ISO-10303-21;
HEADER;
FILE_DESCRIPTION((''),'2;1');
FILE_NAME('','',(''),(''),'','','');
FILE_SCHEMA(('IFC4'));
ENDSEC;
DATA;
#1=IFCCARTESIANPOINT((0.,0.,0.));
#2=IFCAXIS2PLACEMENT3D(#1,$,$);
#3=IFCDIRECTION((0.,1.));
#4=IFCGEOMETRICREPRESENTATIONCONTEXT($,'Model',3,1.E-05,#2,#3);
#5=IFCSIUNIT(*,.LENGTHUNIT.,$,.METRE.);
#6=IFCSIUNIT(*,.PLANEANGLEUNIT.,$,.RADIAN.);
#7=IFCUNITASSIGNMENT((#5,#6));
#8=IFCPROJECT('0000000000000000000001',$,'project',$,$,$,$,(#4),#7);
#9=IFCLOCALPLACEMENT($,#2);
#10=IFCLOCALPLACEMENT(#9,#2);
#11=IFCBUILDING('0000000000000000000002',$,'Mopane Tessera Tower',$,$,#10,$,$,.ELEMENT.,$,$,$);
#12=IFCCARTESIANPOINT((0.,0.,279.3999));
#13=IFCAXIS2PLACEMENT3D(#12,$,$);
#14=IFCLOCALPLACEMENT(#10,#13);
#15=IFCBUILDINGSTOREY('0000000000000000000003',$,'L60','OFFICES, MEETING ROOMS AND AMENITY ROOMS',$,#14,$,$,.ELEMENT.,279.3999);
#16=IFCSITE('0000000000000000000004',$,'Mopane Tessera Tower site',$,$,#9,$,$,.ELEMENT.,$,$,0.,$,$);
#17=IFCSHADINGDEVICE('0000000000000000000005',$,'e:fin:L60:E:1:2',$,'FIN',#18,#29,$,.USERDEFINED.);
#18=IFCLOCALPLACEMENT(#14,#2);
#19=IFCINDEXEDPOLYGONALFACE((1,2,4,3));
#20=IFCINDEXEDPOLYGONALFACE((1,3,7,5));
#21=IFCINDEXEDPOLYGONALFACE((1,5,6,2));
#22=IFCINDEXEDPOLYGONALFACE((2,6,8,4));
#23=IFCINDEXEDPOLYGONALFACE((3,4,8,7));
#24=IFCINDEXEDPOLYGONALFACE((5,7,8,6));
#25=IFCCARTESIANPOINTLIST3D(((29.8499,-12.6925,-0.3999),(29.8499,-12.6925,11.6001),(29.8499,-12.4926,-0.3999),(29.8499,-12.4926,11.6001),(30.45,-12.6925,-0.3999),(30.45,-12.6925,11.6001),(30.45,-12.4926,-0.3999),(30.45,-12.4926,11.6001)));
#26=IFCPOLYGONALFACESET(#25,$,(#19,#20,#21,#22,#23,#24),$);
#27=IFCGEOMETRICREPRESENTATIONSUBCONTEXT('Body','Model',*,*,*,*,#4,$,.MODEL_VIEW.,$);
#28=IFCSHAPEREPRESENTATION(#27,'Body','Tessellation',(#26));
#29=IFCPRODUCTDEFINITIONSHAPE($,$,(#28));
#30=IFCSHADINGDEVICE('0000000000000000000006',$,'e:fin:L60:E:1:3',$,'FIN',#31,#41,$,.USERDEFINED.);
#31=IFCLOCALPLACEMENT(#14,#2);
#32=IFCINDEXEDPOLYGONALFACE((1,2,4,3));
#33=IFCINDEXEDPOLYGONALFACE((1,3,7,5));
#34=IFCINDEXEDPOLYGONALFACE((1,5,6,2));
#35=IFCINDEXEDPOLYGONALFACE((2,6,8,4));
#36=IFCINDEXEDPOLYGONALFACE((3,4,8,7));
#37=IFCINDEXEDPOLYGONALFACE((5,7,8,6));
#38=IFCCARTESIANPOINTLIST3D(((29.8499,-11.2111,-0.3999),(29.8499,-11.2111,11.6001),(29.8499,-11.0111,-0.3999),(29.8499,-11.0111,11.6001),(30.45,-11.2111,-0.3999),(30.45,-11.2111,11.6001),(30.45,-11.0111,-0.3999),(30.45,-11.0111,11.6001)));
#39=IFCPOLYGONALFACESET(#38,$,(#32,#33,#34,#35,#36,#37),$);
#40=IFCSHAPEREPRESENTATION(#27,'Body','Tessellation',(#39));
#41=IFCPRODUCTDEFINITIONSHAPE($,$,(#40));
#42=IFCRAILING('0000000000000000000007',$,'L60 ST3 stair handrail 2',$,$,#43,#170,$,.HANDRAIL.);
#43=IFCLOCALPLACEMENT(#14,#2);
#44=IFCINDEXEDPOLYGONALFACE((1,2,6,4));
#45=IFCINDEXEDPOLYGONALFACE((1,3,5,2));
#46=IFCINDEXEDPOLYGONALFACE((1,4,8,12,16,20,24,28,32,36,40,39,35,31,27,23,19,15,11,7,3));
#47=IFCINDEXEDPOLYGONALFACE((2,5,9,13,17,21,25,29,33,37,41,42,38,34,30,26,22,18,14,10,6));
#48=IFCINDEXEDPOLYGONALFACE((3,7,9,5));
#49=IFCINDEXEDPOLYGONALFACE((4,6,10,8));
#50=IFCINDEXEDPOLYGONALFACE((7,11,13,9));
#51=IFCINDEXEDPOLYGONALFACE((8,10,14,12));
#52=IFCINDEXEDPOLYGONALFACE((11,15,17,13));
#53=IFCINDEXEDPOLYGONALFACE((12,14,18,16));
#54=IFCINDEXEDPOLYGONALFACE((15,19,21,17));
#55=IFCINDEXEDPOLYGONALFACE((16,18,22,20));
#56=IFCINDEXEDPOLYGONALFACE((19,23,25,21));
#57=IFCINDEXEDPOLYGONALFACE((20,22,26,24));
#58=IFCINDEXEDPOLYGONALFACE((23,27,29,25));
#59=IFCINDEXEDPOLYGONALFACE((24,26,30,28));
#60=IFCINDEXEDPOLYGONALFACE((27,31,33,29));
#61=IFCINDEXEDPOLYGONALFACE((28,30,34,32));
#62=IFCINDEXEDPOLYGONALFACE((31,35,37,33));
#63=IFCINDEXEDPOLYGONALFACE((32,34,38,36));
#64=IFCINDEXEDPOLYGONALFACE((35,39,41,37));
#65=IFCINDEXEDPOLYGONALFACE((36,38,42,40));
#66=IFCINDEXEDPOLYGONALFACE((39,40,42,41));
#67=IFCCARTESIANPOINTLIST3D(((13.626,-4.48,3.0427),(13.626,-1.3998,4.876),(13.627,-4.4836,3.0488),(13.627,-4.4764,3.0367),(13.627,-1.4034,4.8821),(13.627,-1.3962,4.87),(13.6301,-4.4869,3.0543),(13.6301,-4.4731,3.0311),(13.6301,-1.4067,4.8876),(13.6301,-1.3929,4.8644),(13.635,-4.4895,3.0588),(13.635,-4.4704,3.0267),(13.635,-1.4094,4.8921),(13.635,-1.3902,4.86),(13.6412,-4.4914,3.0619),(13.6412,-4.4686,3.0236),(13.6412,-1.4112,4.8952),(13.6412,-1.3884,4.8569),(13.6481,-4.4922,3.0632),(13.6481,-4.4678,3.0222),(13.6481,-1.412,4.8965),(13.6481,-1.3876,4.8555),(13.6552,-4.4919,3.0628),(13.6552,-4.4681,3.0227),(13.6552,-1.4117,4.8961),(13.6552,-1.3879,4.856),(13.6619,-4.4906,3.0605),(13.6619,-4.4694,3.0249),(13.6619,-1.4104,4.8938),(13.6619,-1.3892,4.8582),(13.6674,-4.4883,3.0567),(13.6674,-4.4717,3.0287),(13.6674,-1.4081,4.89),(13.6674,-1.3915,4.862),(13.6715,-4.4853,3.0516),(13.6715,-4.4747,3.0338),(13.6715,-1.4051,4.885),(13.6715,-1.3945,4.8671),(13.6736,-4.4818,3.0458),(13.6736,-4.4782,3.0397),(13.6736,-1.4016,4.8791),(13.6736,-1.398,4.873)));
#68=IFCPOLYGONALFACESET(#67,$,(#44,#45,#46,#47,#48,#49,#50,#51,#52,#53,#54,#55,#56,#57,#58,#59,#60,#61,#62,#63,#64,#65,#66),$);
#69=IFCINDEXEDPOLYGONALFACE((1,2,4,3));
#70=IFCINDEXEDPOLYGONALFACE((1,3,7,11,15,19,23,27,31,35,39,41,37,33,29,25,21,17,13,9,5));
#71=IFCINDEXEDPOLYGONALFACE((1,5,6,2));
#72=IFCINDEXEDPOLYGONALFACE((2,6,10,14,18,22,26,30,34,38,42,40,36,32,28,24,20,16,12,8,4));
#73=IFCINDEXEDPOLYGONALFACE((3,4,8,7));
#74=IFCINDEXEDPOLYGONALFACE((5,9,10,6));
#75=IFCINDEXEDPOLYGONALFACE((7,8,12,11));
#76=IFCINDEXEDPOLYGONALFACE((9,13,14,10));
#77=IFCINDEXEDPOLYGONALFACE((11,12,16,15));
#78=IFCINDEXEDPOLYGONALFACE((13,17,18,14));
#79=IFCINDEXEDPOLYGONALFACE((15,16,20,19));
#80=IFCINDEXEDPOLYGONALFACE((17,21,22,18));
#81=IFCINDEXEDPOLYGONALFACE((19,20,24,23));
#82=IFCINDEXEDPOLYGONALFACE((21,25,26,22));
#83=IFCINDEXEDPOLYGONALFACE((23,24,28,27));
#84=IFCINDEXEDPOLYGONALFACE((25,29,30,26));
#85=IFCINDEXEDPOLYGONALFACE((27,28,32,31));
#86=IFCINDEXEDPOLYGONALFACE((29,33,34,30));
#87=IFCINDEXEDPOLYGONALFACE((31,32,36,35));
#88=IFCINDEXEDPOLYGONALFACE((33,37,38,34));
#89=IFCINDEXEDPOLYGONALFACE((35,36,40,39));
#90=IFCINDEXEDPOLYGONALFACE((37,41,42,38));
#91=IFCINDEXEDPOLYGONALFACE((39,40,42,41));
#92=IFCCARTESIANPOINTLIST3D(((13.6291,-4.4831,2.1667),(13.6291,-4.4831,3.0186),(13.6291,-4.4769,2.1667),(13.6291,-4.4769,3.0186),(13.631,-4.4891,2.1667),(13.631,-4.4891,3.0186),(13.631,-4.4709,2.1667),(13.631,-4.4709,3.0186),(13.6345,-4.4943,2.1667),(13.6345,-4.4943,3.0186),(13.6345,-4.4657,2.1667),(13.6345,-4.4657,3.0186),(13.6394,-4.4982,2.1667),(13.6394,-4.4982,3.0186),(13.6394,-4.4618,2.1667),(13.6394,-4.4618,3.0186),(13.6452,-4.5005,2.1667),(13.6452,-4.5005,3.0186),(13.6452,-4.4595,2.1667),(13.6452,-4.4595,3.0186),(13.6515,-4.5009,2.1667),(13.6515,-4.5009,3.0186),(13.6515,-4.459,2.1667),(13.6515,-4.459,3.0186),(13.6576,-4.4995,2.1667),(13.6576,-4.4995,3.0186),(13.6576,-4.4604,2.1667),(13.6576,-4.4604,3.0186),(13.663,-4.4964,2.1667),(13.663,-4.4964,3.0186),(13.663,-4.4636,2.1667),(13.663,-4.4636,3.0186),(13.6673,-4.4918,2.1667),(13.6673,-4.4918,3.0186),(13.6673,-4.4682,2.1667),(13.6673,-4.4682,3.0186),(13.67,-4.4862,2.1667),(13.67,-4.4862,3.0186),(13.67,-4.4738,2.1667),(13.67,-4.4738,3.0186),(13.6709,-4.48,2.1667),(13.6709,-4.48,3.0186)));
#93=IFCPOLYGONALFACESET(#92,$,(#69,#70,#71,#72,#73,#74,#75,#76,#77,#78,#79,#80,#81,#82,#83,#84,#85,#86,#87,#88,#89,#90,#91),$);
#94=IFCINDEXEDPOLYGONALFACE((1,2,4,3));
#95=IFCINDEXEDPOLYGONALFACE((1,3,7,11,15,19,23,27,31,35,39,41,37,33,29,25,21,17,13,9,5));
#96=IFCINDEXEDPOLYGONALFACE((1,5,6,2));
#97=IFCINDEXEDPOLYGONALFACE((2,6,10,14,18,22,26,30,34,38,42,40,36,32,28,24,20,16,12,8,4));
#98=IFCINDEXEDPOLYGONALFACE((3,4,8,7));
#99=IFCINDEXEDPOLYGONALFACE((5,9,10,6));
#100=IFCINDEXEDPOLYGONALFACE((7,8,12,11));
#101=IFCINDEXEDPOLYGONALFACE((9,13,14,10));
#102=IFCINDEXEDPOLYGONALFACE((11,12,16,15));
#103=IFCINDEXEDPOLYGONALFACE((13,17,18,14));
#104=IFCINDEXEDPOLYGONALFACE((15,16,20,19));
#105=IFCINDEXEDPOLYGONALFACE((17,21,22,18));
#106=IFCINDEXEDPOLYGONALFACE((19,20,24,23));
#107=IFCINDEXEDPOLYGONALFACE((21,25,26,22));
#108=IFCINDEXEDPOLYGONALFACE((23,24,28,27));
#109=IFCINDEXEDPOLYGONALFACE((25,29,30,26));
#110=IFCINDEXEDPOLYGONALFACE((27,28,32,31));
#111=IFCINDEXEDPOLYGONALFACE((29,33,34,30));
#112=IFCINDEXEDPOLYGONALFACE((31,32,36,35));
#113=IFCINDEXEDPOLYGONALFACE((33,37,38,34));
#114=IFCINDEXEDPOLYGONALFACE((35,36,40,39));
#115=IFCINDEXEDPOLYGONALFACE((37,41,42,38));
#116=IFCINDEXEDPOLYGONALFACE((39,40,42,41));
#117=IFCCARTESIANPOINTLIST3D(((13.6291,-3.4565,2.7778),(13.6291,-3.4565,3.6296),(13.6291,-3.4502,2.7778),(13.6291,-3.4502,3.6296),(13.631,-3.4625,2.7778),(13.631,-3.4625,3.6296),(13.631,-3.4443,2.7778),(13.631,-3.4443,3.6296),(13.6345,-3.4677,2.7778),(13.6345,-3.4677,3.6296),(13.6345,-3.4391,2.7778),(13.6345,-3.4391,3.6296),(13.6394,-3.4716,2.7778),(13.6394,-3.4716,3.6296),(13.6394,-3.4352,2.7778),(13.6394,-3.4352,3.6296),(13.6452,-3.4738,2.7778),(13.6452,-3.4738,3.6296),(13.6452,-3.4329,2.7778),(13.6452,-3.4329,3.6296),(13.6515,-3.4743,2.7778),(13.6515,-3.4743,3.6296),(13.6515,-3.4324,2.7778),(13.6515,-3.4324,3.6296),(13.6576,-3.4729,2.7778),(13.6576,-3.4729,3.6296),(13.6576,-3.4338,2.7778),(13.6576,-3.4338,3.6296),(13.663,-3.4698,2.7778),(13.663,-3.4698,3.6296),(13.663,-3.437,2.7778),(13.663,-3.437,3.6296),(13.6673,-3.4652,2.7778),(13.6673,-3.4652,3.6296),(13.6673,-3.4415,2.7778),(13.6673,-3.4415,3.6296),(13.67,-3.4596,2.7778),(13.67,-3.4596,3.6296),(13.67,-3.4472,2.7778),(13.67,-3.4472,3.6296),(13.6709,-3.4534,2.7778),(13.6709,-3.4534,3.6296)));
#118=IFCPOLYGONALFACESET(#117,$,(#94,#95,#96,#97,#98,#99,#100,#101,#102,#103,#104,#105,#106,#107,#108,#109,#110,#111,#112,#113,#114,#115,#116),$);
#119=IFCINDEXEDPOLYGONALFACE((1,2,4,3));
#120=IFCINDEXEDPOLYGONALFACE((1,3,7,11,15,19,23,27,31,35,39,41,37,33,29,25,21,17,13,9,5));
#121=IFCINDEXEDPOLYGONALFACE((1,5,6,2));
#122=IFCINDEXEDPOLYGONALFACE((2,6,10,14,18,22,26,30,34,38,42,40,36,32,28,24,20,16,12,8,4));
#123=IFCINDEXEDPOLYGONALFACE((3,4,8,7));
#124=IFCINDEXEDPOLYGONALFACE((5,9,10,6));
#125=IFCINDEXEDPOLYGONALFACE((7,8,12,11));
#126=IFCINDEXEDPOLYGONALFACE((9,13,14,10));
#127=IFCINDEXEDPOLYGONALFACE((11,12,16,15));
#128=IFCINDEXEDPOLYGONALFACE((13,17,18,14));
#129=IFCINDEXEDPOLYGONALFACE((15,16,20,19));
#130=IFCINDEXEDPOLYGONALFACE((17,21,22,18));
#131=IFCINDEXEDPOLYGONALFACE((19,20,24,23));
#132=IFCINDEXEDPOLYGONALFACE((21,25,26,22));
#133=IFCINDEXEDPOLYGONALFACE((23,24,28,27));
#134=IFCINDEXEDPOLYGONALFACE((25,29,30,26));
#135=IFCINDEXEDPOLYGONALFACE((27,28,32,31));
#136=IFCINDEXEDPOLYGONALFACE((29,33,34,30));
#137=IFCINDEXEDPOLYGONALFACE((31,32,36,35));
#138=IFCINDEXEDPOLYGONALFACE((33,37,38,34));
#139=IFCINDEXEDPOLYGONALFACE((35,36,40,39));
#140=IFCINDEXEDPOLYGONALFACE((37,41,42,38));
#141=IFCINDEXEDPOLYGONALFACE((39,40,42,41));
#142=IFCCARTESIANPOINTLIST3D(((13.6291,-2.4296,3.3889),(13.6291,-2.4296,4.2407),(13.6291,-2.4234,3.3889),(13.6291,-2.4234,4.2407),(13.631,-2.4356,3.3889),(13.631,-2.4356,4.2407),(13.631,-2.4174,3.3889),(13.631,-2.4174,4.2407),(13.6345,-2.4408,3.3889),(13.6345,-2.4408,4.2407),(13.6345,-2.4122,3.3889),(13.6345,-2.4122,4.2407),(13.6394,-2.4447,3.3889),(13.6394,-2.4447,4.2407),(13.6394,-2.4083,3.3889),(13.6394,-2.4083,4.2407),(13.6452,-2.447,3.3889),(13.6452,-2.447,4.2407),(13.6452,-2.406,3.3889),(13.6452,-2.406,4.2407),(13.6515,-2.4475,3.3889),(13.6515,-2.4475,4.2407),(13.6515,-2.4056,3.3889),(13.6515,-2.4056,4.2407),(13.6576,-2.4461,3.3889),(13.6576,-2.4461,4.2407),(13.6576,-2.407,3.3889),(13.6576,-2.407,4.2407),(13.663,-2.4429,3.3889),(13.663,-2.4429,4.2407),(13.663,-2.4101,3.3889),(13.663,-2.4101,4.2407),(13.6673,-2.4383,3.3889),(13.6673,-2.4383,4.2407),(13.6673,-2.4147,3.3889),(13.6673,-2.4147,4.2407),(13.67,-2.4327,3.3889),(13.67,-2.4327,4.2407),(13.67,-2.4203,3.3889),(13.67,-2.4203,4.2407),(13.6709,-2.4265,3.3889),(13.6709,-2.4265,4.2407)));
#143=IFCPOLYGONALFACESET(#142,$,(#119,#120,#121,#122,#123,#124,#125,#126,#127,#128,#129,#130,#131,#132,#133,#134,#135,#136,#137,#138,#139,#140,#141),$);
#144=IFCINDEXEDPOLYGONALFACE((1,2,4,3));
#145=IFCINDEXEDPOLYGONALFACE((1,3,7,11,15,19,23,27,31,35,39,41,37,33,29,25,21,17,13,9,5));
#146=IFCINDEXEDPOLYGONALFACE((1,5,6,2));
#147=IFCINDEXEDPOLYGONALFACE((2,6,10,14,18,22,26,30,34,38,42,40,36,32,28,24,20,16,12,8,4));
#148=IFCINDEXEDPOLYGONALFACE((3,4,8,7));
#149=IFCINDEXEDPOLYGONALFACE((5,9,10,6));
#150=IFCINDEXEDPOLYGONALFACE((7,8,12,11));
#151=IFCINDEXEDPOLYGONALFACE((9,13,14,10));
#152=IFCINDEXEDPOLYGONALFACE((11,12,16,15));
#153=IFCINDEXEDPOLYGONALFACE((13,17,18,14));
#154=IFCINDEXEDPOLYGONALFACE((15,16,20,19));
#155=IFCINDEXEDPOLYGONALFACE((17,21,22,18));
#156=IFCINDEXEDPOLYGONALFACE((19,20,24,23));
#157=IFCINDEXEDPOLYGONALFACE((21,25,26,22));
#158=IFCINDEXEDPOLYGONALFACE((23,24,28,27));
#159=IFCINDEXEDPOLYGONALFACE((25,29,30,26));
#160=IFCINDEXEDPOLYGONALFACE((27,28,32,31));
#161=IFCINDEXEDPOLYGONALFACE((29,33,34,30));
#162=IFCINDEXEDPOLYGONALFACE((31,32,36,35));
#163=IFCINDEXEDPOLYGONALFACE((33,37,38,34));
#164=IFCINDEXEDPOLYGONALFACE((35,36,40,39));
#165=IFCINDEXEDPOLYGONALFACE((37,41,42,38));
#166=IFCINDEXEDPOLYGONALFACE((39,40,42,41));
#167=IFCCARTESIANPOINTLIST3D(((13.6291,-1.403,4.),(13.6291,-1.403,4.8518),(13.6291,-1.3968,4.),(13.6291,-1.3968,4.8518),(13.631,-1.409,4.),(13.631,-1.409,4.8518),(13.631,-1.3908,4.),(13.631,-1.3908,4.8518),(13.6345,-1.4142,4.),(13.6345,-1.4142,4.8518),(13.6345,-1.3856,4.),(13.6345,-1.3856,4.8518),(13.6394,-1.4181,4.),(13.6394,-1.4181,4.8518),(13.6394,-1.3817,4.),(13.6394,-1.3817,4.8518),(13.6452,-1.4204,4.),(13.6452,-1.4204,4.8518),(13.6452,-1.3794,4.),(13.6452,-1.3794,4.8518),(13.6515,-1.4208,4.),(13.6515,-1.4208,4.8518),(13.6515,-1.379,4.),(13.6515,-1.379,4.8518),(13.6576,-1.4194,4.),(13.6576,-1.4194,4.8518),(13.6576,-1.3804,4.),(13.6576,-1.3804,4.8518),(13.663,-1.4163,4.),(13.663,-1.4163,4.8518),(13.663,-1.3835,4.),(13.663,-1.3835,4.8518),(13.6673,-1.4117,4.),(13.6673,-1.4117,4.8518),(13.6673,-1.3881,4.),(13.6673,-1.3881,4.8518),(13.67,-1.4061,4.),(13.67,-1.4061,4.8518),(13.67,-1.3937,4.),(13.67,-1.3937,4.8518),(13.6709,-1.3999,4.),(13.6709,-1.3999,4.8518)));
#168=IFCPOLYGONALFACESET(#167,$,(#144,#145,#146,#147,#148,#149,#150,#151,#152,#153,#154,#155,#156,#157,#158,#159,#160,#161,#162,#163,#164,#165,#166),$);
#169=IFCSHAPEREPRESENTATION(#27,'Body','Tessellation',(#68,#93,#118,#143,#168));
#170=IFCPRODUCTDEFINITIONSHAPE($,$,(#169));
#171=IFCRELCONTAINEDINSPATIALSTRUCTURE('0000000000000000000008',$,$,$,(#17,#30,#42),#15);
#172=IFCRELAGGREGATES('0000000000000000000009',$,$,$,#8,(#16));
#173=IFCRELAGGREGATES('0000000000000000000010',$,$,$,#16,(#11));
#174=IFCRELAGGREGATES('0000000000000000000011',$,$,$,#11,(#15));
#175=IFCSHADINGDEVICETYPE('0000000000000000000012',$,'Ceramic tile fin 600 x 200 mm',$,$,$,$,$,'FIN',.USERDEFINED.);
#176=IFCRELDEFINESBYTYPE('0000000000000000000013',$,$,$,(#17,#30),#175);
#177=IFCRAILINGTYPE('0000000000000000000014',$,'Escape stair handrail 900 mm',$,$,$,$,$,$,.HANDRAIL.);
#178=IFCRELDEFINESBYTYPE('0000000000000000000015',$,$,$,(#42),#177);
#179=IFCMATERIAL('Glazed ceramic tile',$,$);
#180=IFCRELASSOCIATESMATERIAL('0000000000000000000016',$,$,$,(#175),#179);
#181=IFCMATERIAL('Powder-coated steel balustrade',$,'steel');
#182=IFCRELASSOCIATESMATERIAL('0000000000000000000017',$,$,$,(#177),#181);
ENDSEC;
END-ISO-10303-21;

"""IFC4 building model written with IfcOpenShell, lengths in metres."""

from ifc_helpers import new_model, si_unit, direction, frame, origin, origin_2d, place, context, subcontext, project, spatial, rectangle, circle, extrude, material, type_object, element, save


model = new_model("IFC4")

# Units and contexts
model_context = context("Model", 3, precision=1e-05, world=origin(), true_north=direction((0.0, 1.0)))
body_context = subcontext(model_context, "Body", "Model", "MODEL_VIEW")
ifc_project = project(units=[si_unit("LENGTHUNIT", "METRE"), si_unit("PLANEANGLEUNIT", "RADIAN")], contexts=[model_context])

# Site, building, storey
site_placement = place(None, origin())
site = spatial("IfcSite", under=ifc_project, at=site_placement, Name="Mopane Tessera Tower site", CompositionType="ELEMENT", RefElevation=0.0)
building_placement = place(site_placement, origin())
building = spatial("IfcBuilding", under=site, at=building_placement, Name="Mopane Tessera Tower", CompositionType="ELEMENT")
storey_placement = place(building_placement, frame((0.0, 0.0, 279.3999)))
storey = spatial("IfcBuildingStorey", under=building, at=storey_placement, Name="L60", Description="OFFICES, MEETING ROOMS AND AMENITY ROOMS", CompositionType="ELEMENT", Elevation=279.3999)

# Shading devices
ifc_material_1 = material(Name="Glazed ceramic tile")
shading_device_type = type_object("IfcShadingDeviceType", Name="Ceramic tile fin 600 x 200 mm", ElementType="FIN", PredefinedType="USERDEFINED", material=ifc_material_1)
for number, where, z_axis, x_axis, name in (
    (1, (30.1499, -12.5925, -0.3999), (0.0, 0.0, 1.0), (0.0, 1.0, 0.0), "e:fin:L60:E:1:2"),
    (2, (30.1499, -11.1111, -0.3999), (0.0, 0.0, 1.0), (0.0, 1.0, 0.0), "e:fin:L60:E:1:3"),
):
    element("IfcShadingDevice", number, at=place(storey_placement, frame(where, z_axis=z_axis, x_axis=x_axis)), inside=storey, type_object=shading_device_type, Name=name, ObjectType="FIN", PredefinedType="USERDEFINED", context=body_context, shape_type="SweptSolid", body=[
        extrude(rectangle(XDim=0.2, YDim=0.6001, at=origin_2d()), origin(), (0.0, 0.0, 1.0), 12.0),
    ])

# Railing
ifc_material_2 = material(Name="Powder-coated steel balustrade", Category="steel")
railing_type_1 = type_object("IfcRailingType", Name="Escape stair handrail 900 mm", PredefinedType="HANDRAIL", material=ifc_material_2)
railing_1_placement = place(storey_placement, frame((13.6499, -4.48, 2.1667)))
element("IfcRailing", 3, at=railing_1_placement, inside=storey, type_object=railing_type_1, Name="L60 ST3 stair handrail 2", PredefinedType="HANDRAIL", context=body_context, shape_type="SweptSolid", body=[
    extrude(circle(Radius=0.0239, at=origin_2d()), frame((0.0, 0.0, 0.876), z_axis=(0.0, 0.859309, 0.511458), x_axis=(-1.0, 0.0, 0.0)), (0.0, 0.0, 1.0), 3.5845),
    extrude(circle(Radius=0.021, at=origin_2d()), origin(), (0.0, 0.0, 1.0), 0.8518),
    extrude(circle(Radius=0.021, at=origin_2d()), frame((0.0, 1.0266, 0.6111)), (0.0, 0.0, 1.0), 0.8518),
    extrude(circle(Radius=0.021, at=origin_2d()), frame((0.0, 2.0535, 1.2222)), (0.0, 0.0, 1.0), 0.8518),
    extrude(circle(Radius=0.021, at=origin_2d()), frame((0.0, 3.0801, 1.8333)), (0.0, 0.0, 1.0), 0.8518),
])

save(model, "model.ifc")
